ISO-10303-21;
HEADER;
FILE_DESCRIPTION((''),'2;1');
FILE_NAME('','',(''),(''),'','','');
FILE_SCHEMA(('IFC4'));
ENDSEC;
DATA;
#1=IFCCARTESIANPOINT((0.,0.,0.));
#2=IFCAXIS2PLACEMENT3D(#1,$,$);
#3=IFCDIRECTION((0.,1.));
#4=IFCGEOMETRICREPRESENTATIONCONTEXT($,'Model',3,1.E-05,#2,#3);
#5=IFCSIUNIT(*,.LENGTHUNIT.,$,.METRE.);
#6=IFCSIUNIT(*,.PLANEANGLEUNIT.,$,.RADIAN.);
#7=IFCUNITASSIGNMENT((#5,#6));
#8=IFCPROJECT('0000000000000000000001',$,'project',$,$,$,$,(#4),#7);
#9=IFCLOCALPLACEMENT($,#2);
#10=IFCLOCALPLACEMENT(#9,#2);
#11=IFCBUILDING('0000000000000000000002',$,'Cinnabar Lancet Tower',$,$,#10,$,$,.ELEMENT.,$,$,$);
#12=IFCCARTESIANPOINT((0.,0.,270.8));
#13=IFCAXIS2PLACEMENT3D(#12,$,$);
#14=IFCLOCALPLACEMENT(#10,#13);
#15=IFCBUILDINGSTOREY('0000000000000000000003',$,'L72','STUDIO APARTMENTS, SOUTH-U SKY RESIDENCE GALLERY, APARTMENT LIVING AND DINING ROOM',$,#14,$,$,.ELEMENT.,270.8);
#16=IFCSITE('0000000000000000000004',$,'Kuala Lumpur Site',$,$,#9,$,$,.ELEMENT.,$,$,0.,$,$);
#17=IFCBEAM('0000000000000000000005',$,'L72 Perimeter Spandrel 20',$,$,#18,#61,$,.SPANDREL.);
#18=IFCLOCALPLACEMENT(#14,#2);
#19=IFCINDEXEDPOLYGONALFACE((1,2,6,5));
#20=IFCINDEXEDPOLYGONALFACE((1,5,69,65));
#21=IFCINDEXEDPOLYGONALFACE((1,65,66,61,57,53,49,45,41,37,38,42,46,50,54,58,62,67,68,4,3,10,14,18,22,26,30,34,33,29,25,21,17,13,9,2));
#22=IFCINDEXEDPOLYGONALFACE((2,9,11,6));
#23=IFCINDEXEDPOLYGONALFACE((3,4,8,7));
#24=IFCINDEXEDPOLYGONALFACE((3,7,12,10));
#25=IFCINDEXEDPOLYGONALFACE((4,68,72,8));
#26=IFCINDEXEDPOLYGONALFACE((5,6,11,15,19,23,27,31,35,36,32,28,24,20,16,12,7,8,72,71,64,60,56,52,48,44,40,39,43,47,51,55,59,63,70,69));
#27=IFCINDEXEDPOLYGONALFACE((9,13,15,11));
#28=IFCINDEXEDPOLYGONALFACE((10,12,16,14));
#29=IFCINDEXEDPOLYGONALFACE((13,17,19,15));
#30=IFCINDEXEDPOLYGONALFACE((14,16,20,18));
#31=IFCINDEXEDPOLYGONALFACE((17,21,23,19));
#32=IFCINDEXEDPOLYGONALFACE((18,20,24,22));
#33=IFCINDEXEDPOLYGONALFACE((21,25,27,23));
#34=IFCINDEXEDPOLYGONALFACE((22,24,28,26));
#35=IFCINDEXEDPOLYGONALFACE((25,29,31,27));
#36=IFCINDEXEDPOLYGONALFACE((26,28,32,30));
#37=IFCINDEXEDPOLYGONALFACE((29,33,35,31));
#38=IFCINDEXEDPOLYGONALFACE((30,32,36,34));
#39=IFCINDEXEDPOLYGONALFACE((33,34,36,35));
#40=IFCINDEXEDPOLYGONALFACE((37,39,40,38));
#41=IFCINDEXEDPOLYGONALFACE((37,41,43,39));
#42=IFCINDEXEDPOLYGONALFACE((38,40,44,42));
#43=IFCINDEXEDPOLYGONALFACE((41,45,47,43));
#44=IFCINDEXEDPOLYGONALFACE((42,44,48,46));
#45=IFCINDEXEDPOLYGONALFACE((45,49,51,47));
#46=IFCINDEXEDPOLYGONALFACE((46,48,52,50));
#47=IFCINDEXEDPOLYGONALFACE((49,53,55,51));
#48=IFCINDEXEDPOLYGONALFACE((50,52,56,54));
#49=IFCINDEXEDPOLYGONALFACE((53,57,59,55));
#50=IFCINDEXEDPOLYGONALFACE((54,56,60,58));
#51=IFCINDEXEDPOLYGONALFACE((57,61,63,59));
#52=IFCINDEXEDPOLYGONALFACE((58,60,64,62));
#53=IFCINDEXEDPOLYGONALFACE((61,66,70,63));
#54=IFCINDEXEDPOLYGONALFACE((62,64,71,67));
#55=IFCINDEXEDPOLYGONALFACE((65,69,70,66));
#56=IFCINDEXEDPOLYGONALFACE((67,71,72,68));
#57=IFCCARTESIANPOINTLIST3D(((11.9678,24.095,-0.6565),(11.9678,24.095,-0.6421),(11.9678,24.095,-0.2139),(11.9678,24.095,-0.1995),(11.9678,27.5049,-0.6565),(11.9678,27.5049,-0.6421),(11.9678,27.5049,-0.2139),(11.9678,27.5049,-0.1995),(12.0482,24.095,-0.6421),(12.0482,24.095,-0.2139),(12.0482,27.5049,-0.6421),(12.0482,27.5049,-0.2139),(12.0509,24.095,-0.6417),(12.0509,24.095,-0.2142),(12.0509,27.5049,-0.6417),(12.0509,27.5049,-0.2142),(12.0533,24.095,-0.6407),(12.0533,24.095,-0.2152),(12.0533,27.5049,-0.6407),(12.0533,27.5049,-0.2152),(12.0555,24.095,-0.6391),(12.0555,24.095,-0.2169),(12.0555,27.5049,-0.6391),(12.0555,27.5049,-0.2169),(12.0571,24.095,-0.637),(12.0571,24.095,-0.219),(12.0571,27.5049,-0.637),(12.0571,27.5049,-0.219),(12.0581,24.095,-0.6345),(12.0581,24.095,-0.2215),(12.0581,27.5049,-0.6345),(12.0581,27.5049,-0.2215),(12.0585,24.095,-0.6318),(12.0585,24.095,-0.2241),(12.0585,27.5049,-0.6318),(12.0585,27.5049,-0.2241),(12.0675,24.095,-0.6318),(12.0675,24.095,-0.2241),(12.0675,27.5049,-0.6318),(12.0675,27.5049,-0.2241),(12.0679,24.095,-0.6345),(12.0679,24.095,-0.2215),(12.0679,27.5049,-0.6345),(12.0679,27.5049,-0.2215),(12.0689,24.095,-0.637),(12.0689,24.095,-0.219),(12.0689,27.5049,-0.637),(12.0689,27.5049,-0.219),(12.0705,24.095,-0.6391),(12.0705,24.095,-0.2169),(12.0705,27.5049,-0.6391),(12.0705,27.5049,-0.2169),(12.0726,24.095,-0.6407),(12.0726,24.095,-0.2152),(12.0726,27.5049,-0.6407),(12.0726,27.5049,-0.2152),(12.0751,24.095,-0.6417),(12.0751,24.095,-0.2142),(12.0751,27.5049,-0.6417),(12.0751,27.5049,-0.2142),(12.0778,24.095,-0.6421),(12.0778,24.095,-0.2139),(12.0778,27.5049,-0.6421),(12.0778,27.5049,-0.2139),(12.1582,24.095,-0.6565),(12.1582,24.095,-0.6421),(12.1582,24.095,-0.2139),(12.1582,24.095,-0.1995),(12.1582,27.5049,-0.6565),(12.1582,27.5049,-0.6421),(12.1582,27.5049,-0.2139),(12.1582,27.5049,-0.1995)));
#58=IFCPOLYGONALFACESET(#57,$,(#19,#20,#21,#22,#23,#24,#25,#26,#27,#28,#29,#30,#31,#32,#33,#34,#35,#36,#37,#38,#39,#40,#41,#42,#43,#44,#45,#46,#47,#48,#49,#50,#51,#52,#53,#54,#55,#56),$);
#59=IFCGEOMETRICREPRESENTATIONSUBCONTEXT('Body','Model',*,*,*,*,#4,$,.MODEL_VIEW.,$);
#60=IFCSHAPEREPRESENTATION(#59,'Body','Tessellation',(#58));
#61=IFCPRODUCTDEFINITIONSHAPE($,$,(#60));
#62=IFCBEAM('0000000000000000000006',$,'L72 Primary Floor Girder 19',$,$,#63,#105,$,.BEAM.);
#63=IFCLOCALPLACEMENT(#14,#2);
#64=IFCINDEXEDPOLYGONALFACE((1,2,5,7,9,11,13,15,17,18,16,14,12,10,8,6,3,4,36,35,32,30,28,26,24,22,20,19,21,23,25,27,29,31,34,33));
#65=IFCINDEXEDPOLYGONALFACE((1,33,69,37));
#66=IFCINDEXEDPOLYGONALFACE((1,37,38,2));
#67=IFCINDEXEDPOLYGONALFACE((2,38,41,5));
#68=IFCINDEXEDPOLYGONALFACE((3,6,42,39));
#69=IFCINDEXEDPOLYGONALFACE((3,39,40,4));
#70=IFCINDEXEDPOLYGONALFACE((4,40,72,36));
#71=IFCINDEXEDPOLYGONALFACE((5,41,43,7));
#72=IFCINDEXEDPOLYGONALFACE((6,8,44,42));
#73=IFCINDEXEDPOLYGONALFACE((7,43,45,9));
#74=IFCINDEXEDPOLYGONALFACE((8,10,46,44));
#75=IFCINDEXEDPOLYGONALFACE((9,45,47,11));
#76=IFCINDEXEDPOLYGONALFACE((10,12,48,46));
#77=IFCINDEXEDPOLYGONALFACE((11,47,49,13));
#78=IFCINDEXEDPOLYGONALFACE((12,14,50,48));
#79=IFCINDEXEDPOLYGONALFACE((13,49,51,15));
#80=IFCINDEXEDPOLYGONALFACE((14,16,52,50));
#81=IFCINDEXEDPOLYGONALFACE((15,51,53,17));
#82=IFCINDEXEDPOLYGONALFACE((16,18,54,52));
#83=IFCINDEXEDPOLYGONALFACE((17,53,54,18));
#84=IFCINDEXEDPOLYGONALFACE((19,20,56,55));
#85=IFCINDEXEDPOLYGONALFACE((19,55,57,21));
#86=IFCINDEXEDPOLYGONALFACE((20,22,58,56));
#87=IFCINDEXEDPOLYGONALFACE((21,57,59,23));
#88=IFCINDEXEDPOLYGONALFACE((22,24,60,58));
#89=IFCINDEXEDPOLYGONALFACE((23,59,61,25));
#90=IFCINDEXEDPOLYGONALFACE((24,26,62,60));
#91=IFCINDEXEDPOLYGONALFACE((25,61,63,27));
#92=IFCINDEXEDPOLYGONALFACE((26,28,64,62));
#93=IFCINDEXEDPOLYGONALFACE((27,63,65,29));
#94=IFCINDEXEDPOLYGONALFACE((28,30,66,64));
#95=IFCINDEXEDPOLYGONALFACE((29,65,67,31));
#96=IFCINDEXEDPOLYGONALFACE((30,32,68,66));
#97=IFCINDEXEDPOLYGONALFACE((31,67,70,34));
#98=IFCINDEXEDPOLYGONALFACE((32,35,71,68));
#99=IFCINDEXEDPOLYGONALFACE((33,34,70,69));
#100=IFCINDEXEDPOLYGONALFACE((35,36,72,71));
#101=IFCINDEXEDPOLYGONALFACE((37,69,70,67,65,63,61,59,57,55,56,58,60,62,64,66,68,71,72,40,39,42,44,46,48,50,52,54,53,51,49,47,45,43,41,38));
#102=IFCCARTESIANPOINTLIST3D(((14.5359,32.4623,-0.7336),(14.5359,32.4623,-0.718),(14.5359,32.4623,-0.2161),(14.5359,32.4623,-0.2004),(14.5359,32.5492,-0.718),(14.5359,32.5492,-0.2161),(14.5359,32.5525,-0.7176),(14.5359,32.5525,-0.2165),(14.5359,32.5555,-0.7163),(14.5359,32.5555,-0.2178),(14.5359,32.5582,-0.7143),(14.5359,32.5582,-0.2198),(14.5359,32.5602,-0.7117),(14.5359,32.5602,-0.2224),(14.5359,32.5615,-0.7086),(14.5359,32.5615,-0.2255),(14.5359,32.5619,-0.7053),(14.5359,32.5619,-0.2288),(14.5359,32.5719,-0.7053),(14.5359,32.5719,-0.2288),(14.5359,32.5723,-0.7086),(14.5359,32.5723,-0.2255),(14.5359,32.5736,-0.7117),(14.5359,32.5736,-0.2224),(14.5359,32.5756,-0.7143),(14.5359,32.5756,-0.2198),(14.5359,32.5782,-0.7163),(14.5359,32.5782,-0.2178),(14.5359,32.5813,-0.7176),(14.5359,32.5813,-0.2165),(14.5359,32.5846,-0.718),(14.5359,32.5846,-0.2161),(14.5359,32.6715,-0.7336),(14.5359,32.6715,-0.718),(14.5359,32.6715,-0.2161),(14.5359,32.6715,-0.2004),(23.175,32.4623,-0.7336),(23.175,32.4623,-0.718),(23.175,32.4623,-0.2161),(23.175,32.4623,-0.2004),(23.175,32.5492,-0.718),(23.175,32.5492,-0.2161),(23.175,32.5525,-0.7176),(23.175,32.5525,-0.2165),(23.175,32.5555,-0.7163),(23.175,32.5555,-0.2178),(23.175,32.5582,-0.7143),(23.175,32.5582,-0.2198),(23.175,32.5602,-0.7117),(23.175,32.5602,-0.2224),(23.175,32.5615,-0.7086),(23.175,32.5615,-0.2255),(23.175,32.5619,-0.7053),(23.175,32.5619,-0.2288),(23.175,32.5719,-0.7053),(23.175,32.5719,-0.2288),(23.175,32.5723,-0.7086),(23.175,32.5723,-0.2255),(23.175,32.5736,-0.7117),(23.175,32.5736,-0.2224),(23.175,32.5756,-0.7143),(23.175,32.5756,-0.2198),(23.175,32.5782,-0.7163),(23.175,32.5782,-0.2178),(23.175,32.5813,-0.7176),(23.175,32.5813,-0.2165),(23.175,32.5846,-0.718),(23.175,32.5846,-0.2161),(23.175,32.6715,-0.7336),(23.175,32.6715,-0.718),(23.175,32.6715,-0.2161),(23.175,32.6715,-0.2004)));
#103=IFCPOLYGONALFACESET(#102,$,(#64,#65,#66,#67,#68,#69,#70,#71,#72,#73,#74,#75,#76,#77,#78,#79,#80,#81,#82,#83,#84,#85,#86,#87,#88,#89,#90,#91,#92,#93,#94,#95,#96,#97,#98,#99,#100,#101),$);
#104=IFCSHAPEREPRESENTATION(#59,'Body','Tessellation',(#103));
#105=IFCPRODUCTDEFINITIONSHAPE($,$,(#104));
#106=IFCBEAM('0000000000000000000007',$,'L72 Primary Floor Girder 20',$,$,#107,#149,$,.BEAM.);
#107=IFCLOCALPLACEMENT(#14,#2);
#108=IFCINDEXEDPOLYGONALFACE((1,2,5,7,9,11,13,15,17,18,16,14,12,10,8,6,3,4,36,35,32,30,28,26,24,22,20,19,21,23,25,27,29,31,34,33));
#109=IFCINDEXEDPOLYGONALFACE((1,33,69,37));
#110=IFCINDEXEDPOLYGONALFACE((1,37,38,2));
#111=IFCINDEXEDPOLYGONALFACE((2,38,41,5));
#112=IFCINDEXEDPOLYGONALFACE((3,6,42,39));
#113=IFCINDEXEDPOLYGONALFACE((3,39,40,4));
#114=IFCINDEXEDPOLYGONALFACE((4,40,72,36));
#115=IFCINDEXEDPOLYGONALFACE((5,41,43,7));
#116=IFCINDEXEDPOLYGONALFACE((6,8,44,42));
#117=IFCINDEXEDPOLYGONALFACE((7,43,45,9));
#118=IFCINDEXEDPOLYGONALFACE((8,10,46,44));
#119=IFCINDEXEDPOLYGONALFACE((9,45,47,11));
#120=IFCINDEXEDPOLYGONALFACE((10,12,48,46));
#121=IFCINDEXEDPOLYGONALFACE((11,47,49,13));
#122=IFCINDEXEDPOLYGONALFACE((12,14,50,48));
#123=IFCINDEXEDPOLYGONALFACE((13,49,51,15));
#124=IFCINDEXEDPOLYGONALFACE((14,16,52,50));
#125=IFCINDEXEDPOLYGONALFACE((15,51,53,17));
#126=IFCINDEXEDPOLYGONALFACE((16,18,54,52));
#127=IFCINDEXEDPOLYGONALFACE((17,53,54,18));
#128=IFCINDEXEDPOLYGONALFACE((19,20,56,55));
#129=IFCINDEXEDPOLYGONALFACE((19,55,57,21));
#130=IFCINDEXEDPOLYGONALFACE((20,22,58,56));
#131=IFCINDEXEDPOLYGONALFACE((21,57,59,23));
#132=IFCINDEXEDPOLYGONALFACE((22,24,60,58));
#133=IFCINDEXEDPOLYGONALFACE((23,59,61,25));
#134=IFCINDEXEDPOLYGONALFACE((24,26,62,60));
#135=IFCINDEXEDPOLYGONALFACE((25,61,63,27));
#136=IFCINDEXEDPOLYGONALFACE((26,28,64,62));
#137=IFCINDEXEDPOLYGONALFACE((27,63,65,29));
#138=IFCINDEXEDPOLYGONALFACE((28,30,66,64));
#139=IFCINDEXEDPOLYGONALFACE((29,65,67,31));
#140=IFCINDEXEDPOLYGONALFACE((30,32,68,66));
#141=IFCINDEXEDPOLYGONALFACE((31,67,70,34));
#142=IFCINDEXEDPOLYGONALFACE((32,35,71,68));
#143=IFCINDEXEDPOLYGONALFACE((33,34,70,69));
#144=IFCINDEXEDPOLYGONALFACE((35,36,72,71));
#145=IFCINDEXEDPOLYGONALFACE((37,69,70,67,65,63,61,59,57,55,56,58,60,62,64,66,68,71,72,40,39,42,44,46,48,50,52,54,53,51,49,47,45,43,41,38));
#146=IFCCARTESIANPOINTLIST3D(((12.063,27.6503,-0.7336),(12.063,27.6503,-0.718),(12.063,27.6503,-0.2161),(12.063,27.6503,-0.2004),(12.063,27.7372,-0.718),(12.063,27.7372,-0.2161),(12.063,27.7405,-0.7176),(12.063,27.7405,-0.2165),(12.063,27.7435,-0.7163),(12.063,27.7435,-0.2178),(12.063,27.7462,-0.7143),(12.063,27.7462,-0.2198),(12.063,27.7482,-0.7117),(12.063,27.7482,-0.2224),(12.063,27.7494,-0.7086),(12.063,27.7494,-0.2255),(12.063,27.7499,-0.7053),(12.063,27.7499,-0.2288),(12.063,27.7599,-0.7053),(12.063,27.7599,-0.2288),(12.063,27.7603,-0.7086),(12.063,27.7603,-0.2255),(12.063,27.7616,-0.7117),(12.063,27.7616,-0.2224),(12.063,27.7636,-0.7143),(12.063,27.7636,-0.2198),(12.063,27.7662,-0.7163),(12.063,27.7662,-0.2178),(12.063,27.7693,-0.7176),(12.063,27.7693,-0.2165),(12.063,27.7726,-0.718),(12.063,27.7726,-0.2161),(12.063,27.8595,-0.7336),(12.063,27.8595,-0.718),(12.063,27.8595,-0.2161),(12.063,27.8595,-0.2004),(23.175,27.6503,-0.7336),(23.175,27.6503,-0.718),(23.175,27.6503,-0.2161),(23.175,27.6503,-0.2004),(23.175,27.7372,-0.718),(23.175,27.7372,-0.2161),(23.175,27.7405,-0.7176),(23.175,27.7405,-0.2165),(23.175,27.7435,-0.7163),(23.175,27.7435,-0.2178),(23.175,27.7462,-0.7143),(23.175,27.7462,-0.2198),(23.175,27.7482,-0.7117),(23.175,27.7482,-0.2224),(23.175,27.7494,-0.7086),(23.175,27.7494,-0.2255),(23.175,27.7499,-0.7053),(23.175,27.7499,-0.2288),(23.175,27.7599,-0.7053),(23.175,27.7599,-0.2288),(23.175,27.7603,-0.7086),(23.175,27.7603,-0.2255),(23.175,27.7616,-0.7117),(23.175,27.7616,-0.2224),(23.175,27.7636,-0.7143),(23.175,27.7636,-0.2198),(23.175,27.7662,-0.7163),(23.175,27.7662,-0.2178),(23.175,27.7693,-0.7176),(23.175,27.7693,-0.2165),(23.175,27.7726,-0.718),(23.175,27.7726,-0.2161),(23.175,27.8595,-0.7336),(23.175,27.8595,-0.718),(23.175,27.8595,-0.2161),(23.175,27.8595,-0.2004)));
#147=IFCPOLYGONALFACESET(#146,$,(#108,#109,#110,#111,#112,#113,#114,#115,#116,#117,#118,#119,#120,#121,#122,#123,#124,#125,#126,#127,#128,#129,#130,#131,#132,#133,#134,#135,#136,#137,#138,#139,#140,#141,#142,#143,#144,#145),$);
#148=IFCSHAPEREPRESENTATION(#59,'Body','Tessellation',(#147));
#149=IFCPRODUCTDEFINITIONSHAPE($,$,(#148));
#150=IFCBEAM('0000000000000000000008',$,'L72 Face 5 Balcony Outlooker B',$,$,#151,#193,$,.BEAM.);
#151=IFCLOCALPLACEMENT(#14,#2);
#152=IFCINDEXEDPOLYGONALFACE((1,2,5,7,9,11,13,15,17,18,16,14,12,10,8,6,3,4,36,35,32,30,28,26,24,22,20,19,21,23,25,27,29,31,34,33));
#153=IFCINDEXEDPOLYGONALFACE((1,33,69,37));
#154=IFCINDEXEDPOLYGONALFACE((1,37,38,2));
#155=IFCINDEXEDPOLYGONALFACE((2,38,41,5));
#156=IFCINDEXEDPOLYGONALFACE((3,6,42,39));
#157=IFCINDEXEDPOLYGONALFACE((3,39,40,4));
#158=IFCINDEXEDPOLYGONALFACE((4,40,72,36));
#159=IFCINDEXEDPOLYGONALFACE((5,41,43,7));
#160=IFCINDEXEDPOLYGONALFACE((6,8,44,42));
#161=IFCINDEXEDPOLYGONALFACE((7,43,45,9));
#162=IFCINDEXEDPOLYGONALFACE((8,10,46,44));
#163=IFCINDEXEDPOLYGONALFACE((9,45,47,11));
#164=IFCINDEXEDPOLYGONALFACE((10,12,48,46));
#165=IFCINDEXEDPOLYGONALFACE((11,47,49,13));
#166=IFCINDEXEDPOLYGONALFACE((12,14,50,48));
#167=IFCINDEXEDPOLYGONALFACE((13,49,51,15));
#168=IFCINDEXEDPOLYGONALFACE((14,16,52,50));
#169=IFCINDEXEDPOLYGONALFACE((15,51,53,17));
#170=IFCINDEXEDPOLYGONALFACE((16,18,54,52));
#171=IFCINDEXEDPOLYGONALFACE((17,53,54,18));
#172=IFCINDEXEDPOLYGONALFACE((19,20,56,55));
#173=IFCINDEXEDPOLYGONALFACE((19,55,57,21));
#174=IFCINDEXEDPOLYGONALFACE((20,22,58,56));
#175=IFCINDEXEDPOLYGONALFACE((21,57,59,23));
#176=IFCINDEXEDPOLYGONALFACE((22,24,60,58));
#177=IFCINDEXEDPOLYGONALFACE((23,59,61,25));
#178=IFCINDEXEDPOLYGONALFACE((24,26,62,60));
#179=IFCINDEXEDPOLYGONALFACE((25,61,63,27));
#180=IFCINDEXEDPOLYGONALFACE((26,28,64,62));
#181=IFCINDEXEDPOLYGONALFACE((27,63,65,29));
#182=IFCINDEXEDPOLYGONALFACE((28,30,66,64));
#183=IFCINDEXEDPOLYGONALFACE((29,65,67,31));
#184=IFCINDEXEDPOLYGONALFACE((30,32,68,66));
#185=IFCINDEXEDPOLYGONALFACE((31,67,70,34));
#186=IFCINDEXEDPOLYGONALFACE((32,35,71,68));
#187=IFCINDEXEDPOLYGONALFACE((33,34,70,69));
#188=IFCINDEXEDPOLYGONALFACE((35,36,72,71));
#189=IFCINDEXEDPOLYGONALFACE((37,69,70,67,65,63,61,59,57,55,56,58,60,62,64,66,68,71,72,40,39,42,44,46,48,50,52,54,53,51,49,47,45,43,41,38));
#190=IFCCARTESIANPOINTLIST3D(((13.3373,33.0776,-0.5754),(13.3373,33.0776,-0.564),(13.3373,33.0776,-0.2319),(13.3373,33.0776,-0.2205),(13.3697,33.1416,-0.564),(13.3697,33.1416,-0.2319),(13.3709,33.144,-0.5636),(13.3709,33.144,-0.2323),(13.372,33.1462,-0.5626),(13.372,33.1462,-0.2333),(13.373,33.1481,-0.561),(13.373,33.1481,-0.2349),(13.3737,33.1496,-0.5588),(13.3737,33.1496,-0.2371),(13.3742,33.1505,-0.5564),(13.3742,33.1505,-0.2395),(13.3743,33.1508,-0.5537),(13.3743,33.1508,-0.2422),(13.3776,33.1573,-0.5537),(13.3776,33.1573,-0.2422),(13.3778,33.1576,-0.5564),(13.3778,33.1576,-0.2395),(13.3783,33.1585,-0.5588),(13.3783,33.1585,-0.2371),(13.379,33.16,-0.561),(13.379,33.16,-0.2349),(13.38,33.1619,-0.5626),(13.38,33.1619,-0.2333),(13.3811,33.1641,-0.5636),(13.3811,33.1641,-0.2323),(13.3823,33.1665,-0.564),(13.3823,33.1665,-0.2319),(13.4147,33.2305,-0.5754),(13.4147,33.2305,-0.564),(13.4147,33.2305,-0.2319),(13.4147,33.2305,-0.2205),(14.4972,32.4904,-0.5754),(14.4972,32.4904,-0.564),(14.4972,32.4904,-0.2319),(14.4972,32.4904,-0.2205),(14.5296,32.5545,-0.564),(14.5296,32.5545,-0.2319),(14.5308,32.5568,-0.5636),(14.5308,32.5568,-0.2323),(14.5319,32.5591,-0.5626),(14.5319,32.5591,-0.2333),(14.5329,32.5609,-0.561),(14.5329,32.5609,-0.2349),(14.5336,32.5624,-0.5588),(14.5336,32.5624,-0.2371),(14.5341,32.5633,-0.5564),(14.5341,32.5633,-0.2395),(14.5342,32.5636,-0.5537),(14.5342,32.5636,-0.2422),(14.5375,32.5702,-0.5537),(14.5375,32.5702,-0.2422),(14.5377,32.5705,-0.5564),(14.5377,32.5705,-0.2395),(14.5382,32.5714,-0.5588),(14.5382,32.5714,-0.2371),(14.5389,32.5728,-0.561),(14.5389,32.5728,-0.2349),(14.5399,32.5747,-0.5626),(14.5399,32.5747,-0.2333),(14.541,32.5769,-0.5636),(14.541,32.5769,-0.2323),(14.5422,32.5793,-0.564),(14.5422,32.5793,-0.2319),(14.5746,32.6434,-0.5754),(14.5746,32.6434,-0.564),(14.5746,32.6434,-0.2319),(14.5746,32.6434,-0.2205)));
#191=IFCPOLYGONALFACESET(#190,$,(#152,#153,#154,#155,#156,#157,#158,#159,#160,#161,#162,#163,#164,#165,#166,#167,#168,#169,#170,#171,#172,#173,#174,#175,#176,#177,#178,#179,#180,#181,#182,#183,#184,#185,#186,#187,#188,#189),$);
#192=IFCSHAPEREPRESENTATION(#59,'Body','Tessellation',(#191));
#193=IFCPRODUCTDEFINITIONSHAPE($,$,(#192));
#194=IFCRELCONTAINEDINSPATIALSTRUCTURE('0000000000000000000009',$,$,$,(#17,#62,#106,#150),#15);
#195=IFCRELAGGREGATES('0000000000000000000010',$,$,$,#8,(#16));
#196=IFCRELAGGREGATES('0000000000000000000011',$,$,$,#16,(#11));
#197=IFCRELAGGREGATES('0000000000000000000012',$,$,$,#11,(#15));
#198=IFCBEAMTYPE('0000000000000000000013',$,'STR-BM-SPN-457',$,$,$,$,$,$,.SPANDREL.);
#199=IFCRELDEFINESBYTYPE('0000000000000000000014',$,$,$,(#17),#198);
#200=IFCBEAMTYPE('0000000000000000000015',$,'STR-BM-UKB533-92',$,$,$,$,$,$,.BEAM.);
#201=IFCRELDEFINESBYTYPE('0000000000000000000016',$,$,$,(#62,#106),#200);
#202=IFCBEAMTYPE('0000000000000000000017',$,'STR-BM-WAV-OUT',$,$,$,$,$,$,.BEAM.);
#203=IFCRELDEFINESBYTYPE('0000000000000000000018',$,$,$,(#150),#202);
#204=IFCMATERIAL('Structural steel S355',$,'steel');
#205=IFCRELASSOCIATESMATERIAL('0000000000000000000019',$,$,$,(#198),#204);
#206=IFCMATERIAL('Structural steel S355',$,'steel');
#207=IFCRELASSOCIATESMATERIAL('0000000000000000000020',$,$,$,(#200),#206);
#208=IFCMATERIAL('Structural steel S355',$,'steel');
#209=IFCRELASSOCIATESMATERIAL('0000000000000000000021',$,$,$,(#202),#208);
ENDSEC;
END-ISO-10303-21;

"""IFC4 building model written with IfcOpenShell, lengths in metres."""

from ifc_helpers import new_model, si_unit, direction, frame, origin, origin_2d, place, context, subcontext, project, spatial, i_section, extrude, material, material_profile, profile_set, type_object, element, save


model = new_model("IFC4")

# Units and contexts
model_context = context("Model", 3, precision=1e-05, world=origin(), true_north=direction((0.0, 1.0)))
body_context = subcontext(model_context, "Body", "Model", "MODEL_VIEW")
ifc_project = project(units=[si_unit("LENGTHUNIT", "METRE"), si_unit("PLANEANGLEUNIT", "RADIAN")], contexts=[model_context])

# Site, building, storey
site_placement = place(None, origin())
site = spatial("IfcSite", under=ifc_project, at=site_placement, Name="Kuala Lumpur Site", CompositionType="ELEMENT", RefElevation=0.0)
building_placement = place(site_placement, origin())
building = spatial("IfcBuilding", under=site, at=building_placement, Name="Cinnabar Lancet Tower", CompositionType="ELEMENT")
storey_placement = place(building_placement, frame((0.0, 0.0, 270.8)))
storey = spatial("IfcBuildingStorey", under=building, at=storey_placement, Name="L72", Description="STUDIO APARTMENTS, SOUTH-U SKY RESIDENCE GALLERY, APARTMENT LIVING AND DINING ROOM", CompositionType="ELEMENT", Elevation=270.8)

# Beams
ifc_material_1 = material(Name="Structural steel S355", Category="steel")
ifc_material_profile_1 = material_profile(ifc_material_1, i_section(OverallWidth=0.1904, OverallDepth=0.457, WebThickness=0.009, FlangeThickness=0.0144, FilletRadius=0.0103, at=origin_2d()), Name="UKB 457x191x74")
ifc_profile_set_1 = profile_set([ifc_material_profile_1], Name="Structural steel S355")
beam_type_1 = type_object("IfcBeamType", Name="STR-BM-SPN-457", PredefinedType="SPANDREL", material=ifc_profile_set_1)
beam_1_placement = place(storey_placement, frame((12.063, 27.5049, -0.428), z_axis=(0.0, -1.0, 0.0), x_axis=(1.0, 0.0, 0.0)))
element("IfcBeam", 1, at=beam_1_placement, inside=storey, type_object=beam_type_1, Name="L72 Perimeter Spandrel 20", PredefinedType="SPANDREL", context=body_context, shape_type="SweptSolid", body=[
    extrude(i_section(OverallWidth=0.1904, OverallDepth=0.457, WebThickness=0.009, FlangeThickness=0.0144, FilletRadius=0.0103, at=origin_2d()), origin(), (0.0, 0.0, 1.0), 3.4099),
])
ifc_material_2 = material(Name="Structural steel S355", Category="steel")
ifc_material_profile_2 = material_profile(ifc_material_2, i_section(OverallWidth=0.2092, OverallDepth=0.5332, WebThickness=0.01, FlangeThickness=0.0156, FilletRadius=0.0127, at=origin_2d()), Name="UKB 533x210x92")
ifc_profile_set_2 = profile_set([ifc_material_profile_2], Name="Structural steel S355")
beam_type_2 = type_object("IfcBeamType", Name="STR-BM-UKB533-92", PredefinedType="BEAM", material=ifc_profile_set_2)
beam_2_placement = place(storey_placement, frame((14.5359, 32.5669, -0.467), z_axis=(1.0, 0.0, 0.0), x_axis=(0.0, 1.0, 0.0)))
element("IfcBeam", 2, at=beam_2_placement, inside=storey, type_object=beam_type_2, Name="L72 Primary Floor Girder 19", PredefinedType="BEAM", context=body_context, shape_type="SweptSolid", body=[
    extrude(i_section(OverallWidth=0.2092, OverallDepth=0.5332, WebThickness=0.01, FlangeThickness=0.0156, FilletRadius=0.0127, at=origin_2d()), origin(), (0.0, 0.0, 1.0), 8.6392),
])
beam_3_placement = place(storey_placement, frame((12.063, 27.7549, -0.467), z_axis=(1.0, 0.0, 0.0), x_axis=(0.0, 1.0, 0.0)))
element("IfcBeam", 3, at=beam_3_placement, inside=storey, type_object=beam_type_2, Name="L72 Primary Floor Girder 20", PredefinedType="BEAM", context=body_context, shape_type="SweptSolid", body=[
    extrude(i_section(OverallWidth=0.2092, OverallDepth=0.5332, WebThickness=0.01, FlangeThickness=0.0156, FilletRadius=0.0127, at=origin_2d()), origin(), (0.0, 0.0, 1.0), 11.1121),
])
ifc_material_3 = material(Name="Structural steel S355", Category="steel")
ifc_material_profile_3 = material_profile(ifc_material_3, i_section(OverallWidth=0.1714, OverallDepth=0.355, WebThickness=0.0073, FlangeThickness=0.0115, FilletRadius=0.0103, at=origin_2d()), Name="UKB 356x171x51")
ifc_profile_set_3 = profile_set([ifc_material_profile_3], Name="Structural steel S355")
beam_type_3 = type_object("IfcBeamType", Name="STR-BM-WAV-OUT", PredefinedType="BEAM", material=ifc_profile_set_3)
beam_4_placement = place(storey_placement, frame((14.5359, 32.5669, -0.3979), z_axis=(-0.8922, 0.45164, 0.0), x_axis=(-0.45164, -0.8922, 0.0)))
element("IfcBeam", 4, at=beam_4_placement, inside=storey, type_object=beam_type_3, Name="L72 Face 5 Balcony Outlooker B", PredefinedType="BEAM", context=body_context, shape_type="SweptSolid", body=[
    extrude(i_section(OverallWidth=0.1714, OverallDepth=0.355, WebThickness=0.0073, FlangeThickness=0.0115, FilletRadius=0.0103, at=origin_2d()), origin(), (0.0, 0.0, 1.0), 1.3),
])

save(model, "model.ifc")
